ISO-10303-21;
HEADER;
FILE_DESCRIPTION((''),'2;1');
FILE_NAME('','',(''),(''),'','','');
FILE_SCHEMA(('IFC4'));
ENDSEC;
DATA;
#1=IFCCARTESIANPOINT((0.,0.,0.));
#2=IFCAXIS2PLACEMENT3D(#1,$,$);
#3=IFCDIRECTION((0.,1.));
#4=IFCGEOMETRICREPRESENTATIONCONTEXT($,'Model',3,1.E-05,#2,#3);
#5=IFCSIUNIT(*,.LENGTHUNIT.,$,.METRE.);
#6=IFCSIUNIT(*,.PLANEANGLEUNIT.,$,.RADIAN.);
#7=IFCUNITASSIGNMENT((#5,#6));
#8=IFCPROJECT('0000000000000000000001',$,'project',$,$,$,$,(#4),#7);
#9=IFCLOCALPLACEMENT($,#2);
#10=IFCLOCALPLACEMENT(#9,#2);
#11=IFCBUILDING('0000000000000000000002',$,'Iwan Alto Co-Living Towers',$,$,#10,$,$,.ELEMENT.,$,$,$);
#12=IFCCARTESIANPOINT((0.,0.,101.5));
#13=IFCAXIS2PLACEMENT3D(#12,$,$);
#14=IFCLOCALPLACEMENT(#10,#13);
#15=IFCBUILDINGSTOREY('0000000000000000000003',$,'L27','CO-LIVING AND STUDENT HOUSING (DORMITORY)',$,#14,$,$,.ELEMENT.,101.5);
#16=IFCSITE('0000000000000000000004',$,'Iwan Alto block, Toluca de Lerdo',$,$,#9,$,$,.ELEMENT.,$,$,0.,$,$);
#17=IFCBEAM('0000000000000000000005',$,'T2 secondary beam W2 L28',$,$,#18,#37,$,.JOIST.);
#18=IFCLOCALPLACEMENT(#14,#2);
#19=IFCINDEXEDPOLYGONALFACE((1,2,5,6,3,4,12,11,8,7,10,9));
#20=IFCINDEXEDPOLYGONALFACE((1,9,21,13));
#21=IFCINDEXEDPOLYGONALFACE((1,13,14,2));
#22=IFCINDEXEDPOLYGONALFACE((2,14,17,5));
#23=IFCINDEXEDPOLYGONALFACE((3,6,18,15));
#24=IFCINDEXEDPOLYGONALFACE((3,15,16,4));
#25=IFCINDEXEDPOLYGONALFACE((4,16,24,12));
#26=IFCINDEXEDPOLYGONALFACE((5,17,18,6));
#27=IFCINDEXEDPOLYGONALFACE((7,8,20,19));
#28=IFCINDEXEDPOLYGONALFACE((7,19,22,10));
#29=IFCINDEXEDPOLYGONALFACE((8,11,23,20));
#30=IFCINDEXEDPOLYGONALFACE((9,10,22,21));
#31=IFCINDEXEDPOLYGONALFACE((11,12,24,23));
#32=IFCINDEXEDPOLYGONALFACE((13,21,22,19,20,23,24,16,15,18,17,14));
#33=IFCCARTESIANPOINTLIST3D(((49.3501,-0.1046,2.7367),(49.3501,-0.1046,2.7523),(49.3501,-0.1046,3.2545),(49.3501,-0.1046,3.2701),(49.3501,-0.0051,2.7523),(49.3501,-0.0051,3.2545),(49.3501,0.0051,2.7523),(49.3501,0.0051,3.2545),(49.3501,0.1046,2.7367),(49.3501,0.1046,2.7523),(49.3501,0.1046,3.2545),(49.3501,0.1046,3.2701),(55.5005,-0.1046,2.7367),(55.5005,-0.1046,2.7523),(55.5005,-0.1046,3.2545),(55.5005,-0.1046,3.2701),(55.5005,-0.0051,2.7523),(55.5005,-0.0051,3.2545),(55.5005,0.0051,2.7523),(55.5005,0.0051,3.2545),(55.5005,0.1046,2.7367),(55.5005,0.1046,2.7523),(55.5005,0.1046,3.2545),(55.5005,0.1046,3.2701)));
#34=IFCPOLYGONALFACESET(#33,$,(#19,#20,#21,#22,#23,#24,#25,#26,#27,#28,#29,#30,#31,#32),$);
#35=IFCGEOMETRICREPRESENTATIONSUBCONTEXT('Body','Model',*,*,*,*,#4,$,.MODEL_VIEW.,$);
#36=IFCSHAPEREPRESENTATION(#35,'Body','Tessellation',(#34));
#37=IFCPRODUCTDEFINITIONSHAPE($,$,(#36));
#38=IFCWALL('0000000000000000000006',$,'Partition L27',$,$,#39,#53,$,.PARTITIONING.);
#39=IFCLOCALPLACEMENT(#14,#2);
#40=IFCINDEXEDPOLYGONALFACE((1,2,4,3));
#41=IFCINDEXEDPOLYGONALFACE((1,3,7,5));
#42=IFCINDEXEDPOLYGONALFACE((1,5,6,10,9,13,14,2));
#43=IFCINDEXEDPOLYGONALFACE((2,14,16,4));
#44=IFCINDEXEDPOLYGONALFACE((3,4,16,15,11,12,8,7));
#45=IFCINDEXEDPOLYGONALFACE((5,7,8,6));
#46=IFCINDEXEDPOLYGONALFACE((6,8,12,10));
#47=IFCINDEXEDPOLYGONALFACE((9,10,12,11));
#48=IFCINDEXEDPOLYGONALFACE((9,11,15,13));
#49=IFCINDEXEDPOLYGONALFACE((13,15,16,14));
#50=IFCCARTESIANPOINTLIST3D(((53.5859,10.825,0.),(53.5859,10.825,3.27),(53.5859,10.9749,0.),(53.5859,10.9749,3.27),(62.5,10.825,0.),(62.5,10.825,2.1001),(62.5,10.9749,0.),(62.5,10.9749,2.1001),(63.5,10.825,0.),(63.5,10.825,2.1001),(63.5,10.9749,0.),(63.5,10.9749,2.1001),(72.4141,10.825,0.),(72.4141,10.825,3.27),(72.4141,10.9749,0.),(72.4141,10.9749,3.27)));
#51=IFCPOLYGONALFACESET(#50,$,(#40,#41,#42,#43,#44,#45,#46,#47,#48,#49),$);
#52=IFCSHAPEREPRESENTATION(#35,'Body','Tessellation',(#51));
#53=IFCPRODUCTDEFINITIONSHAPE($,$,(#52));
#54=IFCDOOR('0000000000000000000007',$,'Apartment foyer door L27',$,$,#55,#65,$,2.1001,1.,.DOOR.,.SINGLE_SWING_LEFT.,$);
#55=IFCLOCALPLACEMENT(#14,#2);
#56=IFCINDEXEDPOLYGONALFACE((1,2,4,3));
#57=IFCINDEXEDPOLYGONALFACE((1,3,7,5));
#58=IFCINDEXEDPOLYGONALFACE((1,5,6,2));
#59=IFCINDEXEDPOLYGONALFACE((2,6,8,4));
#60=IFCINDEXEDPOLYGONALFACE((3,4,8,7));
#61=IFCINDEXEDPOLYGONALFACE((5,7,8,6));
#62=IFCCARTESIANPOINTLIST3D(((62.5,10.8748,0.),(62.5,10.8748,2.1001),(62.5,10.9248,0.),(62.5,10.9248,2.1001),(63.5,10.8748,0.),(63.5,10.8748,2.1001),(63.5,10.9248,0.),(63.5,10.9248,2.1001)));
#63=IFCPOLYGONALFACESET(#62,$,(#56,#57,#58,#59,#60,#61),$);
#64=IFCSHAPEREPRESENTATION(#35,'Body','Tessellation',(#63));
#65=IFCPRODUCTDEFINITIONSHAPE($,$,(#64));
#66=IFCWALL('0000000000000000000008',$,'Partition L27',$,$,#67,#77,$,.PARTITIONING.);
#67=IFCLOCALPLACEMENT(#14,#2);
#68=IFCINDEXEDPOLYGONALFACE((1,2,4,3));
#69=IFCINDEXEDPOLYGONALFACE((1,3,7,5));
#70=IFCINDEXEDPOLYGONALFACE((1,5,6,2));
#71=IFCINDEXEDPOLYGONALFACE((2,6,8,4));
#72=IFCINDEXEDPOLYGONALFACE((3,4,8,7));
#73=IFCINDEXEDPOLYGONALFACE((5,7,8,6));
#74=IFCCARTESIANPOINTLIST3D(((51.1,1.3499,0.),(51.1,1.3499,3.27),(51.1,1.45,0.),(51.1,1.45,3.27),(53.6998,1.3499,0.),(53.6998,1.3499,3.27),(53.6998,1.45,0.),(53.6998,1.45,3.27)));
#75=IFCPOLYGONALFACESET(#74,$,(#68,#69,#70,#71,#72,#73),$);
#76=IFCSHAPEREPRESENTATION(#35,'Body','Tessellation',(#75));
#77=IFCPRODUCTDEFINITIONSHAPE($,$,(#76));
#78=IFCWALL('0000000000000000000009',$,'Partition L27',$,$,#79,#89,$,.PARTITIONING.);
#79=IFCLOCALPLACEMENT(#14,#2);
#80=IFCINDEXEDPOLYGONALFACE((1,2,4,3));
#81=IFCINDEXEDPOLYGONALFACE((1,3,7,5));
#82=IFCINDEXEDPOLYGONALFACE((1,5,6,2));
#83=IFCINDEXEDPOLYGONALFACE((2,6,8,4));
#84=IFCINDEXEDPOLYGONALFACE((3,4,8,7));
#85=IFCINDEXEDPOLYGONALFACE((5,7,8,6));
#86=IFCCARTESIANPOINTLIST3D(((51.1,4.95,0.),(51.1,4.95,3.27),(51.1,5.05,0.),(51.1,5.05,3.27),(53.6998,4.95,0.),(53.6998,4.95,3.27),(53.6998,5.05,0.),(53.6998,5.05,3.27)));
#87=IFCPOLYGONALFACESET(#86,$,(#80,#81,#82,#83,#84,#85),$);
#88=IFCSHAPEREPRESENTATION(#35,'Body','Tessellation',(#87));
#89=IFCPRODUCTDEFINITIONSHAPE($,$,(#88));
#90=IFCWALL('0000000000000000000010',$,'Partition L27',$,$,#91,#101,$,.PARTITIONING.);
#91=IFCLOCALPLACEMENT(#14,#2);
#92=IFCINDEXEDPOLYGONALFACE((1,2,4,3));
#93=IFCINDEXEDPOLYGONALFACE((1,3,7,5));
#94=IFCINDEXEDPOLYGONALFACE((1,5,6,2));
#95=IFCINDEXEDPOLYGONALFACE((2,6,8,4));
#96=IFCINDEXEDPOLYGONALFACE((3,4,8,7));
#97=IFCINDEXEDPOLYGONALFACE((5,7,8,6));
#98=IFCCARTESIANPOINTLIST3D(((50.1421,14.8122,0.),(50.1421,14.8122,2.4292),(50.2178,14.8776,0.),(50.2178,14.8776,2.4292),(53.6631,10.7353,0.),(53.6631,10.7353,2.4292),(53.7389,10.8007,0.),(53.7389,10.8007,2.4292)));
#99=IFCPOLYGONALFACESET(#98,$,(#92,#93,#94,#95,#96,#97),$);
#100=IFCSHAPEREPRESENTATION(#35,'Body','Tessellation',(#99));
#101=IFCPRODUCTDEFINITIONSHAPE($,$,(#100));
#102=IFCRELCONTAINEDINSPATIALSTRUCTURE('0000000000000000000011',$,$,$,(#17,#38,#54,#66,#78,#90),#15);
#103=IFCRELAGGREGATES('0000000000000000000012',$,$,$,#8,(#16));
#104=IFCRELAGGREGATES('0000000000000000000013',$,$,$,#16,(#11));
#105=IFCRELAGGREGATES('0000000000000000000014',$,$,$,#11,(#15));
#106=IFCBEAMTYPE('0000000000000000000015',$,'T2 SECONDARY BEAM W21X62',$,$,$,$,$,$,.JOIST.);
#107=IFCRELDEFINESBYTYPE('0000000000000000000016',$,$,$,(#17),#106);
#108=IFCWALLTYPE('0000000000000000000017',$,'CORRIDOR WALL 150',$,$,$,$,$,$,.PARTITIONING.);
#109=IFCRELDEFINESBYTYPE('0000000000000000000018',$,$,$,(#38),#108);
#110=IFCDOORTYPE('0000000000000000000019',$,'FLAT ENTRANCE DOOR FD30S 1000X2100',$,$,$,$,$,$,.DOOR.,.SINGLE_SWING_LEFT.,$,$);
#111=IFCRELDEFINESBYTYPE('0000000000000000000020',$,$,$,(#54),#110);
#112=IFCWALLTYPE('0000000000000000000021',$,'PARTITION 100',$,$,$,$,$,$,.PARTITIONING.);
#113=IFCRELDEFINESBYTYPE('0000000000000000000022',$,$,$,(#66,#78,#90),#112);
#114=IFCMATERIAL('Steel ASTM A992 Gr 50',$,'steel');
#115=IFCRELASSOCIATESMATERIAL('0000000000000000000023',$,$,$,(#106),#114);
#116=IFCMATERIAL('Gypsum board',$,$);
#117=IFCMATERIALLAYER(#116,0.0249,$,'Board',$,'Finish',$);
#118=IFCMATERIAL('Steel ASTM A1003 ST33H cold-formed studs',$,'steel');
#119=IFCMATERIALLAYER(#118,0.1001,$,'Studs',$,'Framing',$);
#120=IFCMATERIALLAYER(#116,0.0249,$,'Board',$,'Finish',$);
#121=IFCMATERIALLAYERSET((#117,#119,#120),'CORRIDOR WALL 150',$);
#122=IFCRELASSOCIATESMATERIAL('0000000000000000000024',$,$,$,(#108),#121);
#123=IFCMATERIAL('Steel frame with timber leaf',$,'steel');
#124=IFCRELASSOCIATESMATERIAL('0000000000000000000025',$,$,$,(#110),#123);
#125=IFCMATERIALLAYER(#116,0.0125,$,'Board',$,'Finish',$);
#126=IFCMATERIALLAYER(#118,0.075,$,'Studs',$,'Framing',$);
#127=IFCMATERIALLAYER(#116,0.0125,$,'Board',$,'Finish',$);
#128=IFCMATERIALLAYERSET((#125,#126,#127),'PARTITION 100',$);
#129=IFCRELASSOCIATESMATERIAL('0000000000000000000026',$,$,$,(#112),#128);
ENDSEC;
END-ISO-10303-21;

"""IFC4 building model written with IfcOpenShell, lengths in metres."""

from ifc_helpers import new_model, si_unit, direction, frame, frame_2d, origin, origin_2d, place, context, subcontext, project, spatial, rectangle, i_section, extrude, material, layer, layer_set, material_profile, profile_set, type_object, element, fill, save


model = new_model("IFC4")

# Units and contexts
model_context = context("Model", 3, precision=1e-05, world=origin(), true_north=direction((0.0, 1.0)))
body_context = subcontext(model_context, "Body", "Model", "MODEL_VIEW")
ifc_project = project(units=[si_unit("LENGTHUNIT", "METRE"), si_unit("PLANEANGLEUNIT", "RADIAN")], contexts=[model_context])

# Site, building, storey
site_placement = place(None, origin())
site = spatial("IfcSite", under=ifc_project, at=site_placement, Name="Iwan Alto block, Toluca de Lerdo", CompositionType="ELEMENT", RefElevation=0.0)
building_placement = place(site_placement, origin())
building = spatial("IfcBuilding", under=site, at=building_placement, Name="Iwan Alto Co-Living Towers", CompositionType="ELEMENT")
storey_placement = place(building_placement, frame((0.0, 0.0, 101.5)))
storey = spatial("IfcBuildingStorey", under=building, at=storey_placement, Name="L27", Description="CO-LIVING AND STUDENT HOUSING (DORMITORY)", CompositionType="ELEMENT", Elevation=101.5)

# Beam
ifc_material_1 = material(Name="Steel ASTM A992 Gr 50", Category="steel")
ifc_material_profile_1 = material_profile(ifc_material_1, i_section(OverallWidth=0.2092, OverallDepth=0.5334, WebThickness=0.0103, FlangeThickness=0.0156, at=origin_2d()), Name="W21X62")
ifc_profile_set_1 = profile_set([ifc_material_profile_1], Name="Steel ASTM A992 Gr 50")
beam_type_1 = type_object("IfcBeamType", Name="T2 SECONDARY BEAM W21X62", PredefinedType="JOIST", material=ifc_profile_set_1)
for number, where, z_axis, x_axis, name in (
    (1, (49.3501, 0.0, 3.0034), (1.0, 0.0, 0.0), (0.0, 1.0, 0.0), "T2 secondary beam W2 L28"),
):
    element("IfcBeam", number, at=place(storey_placement, frame(where, z_axis=z_axis, x_axis=x_axis)), inside=storey, type_object=beam_type_1, Name=name, PredefinedType="JOIST", context=body_context, shape_type="SweptSolid", body=[
        extrude(i_section(OverallWidth=0.2092, OverallDepth=0.5334, WebThickness=0.0103, FlangeThickness=0.0156, at=origin_2d()), origin(), (0.0, 0.0, 1.0), 6.1504),
    ])

# Wall, opening, door
ifc_material_2 = material(Name="Gypsum board")
ifc_layer_1 = layer(ifc_material_2, 0.0249, Name="Board", Category="Finish")
ifc_material_3 = material(Name="Steel ASTM A1003 ST33H cold-formed studs", Category="steel")
ifc_layer_2 = layer(ifc_material_3, 0.1001, Name="Studs", Category="Framing")
ifc_layer_3 = layer(ifc_material_2, 0.0249, Name="Board", Category="Finish")
ifc_layer_set_1 = layer_set([ifc_layer_1, ifc_layer_2, ifc_layer_3], Name="CORRIDOR WALL 150")
wall_type_1 = type_object("IfcWallType", Name="CORRIDOR WALL 150", PredefinedType="PARTITIONING", material=ifc_layer_set_1)
wall_1_placement = place(storey_placement, frame((53.5859, 10.8999, 0.0), z_axis=(0.0, 0.0, 1.0), x_axis=(1.0, 0.0, 0.0)))
wall_1 = element("IfcWall", 2, at=wall_1_placement, inside=storey, type_object=wall_type_1, Name="Partition L27", PredefinedType="PARTITIONING", context=body_context, shape_type="SweptSolid", body=[
    extrude(rectangle(XDim=18.8281, YDim=0.1499, at=frame_2d((9.4141, 0.0))), origin(), (0.0, 0.0, 1.0), 3.27),
])
opening_1_placement = place(wall_1_placement, frame((8.9141, 0.0, 0.0)))
opening_1 = element("IfcOpeningElement", 3, at=opening_1_placement, cuts=wall_1, PredefinedType="OPENING", context=body_context, shape_type="SweptSolid", body=[
    extrude(rectangle(XDim=1.0, YDim=2.1001, at=frame_2d((0.5, 1.05))), frame((0.0, 0.085, 0.0), z_axis=(0.0, -1.0, 0.0), x_axis=(1.0, 0.0, 0.0)), (0.0, 0.0, 1.0), 0.1699),
])
ifc_material_4 = material(Name="Steel frame with timber leaf", Category="steel")
door_type_1 = type_object("IfcDoorType", Name="FLAT ENTRANCE DOOR FD30S 1000X2100", OperationType="SINGLE_SWING_LEFT", PredefinedType="DOOR", material=ifc_material_4)
door_1_placement = place(opening_1_placement, origin())
door_1 = element("IfcDoor", 4, at=door_1_placement, inside=storey, type_object=door_type_1, Name="Apartment foyer door L27", OperationType="SINGLE_SWING_LEFT", OverallHeight=2.1001, OverallWidth=1.0, PredefinedType="DOOR", context=body_context, shape_type="SweptSolid", body=[
    extrude(rectangle(XDim=1.0, YDim=2.1001, at=frame_2d((0.5, 1.05))), frame((0.0, 0.0249, 0.0), z_axis=(0.0, -1.0, 0.0), x_axis=(1.0, 0.0, 0.0)), (0.0, 0.0, 1.0), 0.05),
])
fill(opening_1, door_1)

# Walls
ifc_layer_4 = layer(ifc_material_2, 0.0125, Name="Board", Category="Finish")
ifc_layer_5 = layer(ifc_material_3, 0.075, Name="Studs", Category="Framing")
ifc_layer_6 = layer(ifc_material_2, 0.0125, Name="Board", Category="Finish")
ifc_layer_set_2 = layer_set([ifc_layer_4, ifc_layer_5, ifc_layer_6], Name="PARTITION 100")
wall_type_2 = type_object("IfcWallType", Name="PARTITION 100", PredefinedType="PARTITIONING", material=ifc_layer_set_2)
for number, where, z_axis, x_axis, name in (
    (5, (51.1001, 1.3999, 0.0), (0.0, 0.0, 1.0), (1.0, 0.0, 0.0), "Partition L27"),
    (6, (51.1001, 5.0, 0.0), (0.0, 0.0, 1.0), (1.0, 0.0, 0.0), "Partition L27"),
):
    element("IfcWall", number, at=place(storey_placement, frame(where, z_axis=z_axis, x_axis=x_axis)), inside=storey, type_object=wall_type_2, Name=name, PredefinedType="PARTITIONING", context=body_context, shape_type="SweptSolid", body=[
        extrude(rectangle(XDim=2.5999, YDim=0.1001, at=frame_2d((1.2998, 0.0))), origin(), (0.0, 0.0, 1.0), 3.27),
    ])
wall_2_placement = place(storey_placement, frame((53.7009, 10.7681, 0.0), z_axis=(0.0, 0.0, 1.0), x_axis=(-0.653623, 0.75682, 0.0)))
element("IfcWall", 7, at=wall_2_placement, inside=storey, type_object=wall_type_2, Name="Partition L27", PredefinedType="PARTITIONING", context=body_context, shape_type="SweptSolid", body=[
    extrude(rectangle(XDim=5.387, YDim=0.1001, at=frame_2d((2.6934, 0.0))), origin(), (0.0, 0.0, 1.0), 2.4292),
])

save(model, "model.ifc")
